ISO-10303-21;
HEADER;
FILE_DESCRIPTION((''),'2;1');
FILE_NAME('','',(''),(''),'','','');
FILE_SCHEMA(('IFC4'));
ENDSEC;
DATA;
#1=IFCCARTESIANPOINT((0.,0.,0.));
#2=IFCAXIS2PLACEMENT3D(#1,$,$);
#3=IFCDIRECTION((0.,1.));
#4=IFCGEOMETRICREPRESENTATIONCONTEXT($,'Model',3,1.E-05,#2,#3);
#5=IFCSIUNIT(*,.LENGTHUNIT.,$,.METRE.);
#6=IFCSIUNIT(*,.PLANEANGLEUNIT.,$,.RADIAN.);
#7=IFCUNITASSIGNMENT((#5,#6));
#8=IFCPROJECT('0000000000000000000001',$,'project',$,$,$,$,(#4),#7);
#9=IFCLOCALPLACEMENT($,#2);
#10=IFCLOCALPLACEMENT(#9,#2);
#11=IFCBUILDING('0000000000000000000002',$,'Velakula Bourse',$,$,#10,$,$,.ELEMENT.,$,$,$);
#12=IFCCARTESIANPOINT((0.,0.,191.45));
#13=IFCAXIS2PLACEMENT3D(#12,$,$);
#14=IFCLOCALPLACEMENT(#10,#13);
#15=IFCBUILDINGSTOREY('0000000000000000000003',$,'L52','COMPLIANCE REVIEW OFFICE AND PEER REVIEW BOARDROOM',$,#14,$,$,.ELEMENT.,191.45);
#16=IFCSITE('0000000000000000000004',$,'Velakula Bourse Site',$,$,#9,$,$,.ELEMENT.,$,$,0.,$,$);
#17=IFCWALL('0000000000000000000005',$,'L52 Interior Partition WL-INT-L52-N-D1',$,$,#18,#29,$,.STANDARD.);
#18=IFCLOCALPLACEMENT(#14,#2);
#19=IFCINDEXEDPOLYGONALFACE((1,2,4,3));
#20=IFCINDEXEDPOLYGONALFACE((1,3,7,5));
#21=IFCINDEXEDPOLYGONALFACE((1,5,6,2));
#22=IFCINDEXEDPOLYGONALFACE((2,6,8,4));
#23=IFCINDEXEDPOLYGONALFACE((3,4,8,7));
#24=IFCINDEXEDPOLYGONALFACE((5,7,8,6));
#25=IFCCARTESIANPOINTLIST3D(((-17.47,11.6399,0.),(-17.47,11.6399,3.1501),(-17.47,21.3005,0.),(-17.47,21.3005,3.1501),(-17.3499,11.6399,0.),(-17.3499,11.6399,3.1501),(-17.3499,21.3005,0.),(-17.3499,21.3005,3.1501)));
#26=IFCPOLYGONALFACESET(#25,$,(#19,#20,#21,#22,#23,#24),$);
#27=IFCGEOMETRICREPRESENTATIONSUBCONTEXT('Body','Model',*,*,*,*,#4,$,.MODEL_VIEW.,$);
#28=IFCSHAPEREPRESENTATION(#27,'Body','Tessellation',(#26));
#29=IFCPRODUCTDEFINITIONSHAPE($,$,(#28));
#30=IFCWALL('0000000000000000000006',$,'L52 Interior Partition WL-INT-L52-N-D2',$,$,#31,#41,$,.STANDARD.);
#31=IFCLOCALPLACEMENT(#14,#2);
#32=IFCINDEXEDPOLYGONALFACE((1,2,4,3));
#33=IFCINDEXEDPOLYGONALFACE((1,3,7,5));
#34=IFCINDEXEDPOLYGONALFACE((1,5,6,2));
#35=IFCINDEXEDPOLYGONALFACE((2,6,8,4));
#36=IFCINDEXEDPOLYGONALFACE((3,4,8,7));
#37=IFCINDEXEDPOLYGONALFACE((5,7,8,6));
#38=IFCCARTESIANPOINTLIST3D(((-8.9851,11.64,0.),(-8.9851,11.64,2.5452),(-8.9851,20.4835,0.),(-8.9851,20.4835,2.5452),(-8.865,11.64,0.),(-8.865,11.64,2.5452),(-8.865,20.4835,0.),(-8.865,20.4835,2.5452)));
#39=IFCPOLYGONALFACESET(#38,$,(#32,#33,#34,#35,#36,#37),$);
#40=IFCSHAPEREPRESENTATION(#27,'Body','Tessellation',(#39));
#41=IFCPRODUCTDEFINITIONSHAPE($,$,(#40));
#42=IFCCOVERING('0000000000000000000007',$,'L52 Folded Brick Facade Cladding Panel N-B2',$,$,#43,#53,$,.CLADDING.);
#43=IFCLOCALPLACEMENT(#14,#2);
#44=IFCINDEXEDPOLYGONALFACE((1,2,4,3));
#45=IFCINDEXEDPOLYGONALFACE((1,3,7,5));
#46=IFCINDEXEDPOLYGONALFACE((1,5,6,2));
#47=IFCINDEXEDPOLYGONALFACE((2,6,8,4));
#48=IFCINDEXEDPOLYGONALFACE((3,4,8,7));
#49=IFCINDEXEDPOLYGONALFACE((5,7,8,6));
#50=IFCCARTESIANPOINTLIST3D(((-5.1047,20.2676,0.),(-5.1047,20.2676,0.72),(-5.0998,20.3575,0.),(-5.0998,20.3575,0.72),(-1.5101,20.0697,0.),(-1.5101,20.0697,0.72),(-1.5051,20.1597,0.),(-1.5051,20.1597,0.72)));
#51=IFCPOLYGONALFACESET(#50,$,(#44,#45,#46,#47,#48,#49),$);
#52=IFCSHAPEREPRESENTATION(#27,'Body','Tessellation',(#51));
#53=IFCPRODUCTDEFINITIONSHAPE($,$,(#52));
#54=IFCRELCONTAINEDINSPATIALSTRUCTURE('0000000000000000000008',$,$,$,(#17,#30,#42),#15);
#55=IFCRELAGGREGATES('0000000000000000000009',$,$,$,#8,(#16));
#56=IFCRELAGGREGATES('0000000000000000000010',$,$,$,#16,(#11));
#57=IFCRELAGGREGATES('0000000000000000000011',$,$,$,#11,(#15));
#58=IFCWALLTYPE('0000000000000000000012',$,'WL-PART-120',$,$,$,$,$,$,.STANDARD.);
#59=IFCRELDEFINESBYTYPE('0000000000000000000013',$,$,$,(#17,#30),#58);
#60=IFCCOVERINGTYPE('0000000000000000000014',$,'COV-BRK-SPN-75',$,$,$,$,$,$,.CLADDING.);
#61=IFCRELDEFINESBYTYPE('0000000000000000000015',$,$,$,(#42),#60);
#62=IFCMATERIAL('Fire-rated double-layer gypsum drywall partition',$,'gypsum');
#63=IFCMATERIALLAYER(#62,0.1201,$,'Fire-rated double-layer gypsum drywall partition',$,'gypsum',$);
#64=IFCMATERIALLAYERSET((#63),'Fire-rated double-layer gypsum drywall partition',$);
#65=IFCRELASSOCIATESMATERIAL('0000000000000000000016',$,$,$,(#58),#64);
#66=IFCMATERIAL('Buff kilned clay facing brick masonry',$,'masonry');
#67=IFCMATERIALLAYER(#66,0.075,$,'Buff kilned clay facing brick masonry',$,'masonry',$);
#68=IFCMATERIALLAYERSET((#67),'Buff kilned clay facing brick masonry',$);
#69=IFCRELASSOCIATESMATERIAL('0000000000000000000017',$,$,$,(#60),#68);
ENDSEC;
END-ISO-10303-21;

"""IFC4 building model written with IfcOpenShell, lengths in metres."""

from ifc_helpers import new_model, si_unit, direction, frame, frame_2d, origin, origin_2d, place, context, subcontext, project, spatial, rectangle, extrude, material, layer, layer_set, type_object, element, save


model = new_model("IFC4")

# Units and contexts
model_context = context("Model", 3, precision=1e-05, world=origin(), true_north=direction((0.0, 1.0)))
body_context = subcontext(model_context, "Body", "Model", "MODEL_VIEW")
ifc_project = project(units=[si_unit("LENGTHUNIT", "METRE"), si_unit("PLANEANGLEUNIT", "RADIAN")], contexts=[model_context])

# Site, building, storey
site_placement = place(None, origin())
site = spatial("IfcSite", under=ifc_project, at=site_placement, Name="Velakula Bourse Site", CompositionType="ELEMENT", RefElevation=0.0)
building_placement = place(site_placement, origin())
building = spatial("IfcBuilding", under=site, at=building_placement, Name="Velakula Bourse", CompositionType="ELEMENT")
storey_placement = place(building_placement, frame((0.0, 0.0, 191.45)))
storey = spatial("IfcBuildingStorey", under=building, at=storey_placement, Name="L52", Description="COMPLIANCE REVIEW OFFICE AND PEER REVIEW BOARDROOM", CompositionType="ELEMENT", Elevation=191.45)

# Walls
ifc_material_1 = material(Name="Fire-rated double-layer gypsum drywall partition", Category="gypsum")
ifc_layer_1 = layer(ifc_material_1, 0.1201, Name="Fire-rated double-layer gypsum drywall partition", Category="gypsum")
ifc_layer_set_1 = layer_set([ifc_layer_1], Name="Fire-rated double-layer gypsum drywall partition")
wall_type_1 = type_object("IfcWallType", Name="WL-PART-120", PredefinedType="STANDARD", material=ifc_layer_set_1)
wall_1_placement = place(storey_placement, frame((-17.4099, 11.6399, 0.0), z_axis=(0.0, 0.0, 1.0), x_axis=(0.0, 1.0, 0.0)))
element("IfcWall", 1, at=wall_1_placement, inside=storey, type_object=wall_type_1, Name="L52 Interior Partition WL-INT-L52-N-D1", PredefinedType="STANDARD", context=body_context, shape_type="SweptSolid", body=[
    extrude(rectangle(XDim=9.6606, YDim=0.1201, at=frame_2d((4.8303, 0.0))), origin(), (0.0, 0.0, 1.0), 3.1501),
])
wall_2_placement = place(storey_placement, frame((-8.925, 11.6399, 0.0), z_axis=(0.0, 0.0, 1.0), x_axis=(0.0, 1.0, 0.0)))
element("IfcWall", 2, at=wall_2_placement, inside=storey, type_object=wall_type_1, Name="L52 Interior Partition WL-INT-L52-N-D2", PredefinedType="STANDARD", context=body_context, shape_type="SweptSolid", body=[
    extrude(rectangle(XDim=8.8435, YDim=0.1201, at=frame_2d((4.4219, 0.0))), origin(), (0.0, 0.0, 1.0), 2.5452),
])

# Covering
ifc_material_2 = material(Name="Buff kilned clay facing brick masonry", Category="masonry")
ifc_layer_2 = layer(ifc_material_2, 0.075, Name="Buff kilned clay facing brick masonry", Category="masonry")
ifc_layer_set_2 = layer_set([ifc_layer_2], Name="Buff kilned clay facing brick masonry")
covering_type = type_object("IfcCoveringType", Name="COV-BRK-SPN-75", PredefinedType="CLADDING", material=ifc_layer_set_2)
covering_placement = place(storey_placement, frame((-3.3049, 20.2136, 0.0), z_axis=(0.0, 0.0, 1.0), x_axis=(0.998489, -0.05495, 0.0)))
element("IfcCovering", 3, at=covering_placement, inside=storey, type_object=covering_type, Name="L52 Folded Brick Facade Cladding Panel N-B2", PredefinedType="CLADDING", context=body_context, shape_type="SweptSolid", body=[
    extrude(rectangle(XDim=3.6001, YDim=0.0901, at=origin_2d()), origin(), (0.0, 0.0, 1.0), 0.72),
])

save(model, "model.ifc")
